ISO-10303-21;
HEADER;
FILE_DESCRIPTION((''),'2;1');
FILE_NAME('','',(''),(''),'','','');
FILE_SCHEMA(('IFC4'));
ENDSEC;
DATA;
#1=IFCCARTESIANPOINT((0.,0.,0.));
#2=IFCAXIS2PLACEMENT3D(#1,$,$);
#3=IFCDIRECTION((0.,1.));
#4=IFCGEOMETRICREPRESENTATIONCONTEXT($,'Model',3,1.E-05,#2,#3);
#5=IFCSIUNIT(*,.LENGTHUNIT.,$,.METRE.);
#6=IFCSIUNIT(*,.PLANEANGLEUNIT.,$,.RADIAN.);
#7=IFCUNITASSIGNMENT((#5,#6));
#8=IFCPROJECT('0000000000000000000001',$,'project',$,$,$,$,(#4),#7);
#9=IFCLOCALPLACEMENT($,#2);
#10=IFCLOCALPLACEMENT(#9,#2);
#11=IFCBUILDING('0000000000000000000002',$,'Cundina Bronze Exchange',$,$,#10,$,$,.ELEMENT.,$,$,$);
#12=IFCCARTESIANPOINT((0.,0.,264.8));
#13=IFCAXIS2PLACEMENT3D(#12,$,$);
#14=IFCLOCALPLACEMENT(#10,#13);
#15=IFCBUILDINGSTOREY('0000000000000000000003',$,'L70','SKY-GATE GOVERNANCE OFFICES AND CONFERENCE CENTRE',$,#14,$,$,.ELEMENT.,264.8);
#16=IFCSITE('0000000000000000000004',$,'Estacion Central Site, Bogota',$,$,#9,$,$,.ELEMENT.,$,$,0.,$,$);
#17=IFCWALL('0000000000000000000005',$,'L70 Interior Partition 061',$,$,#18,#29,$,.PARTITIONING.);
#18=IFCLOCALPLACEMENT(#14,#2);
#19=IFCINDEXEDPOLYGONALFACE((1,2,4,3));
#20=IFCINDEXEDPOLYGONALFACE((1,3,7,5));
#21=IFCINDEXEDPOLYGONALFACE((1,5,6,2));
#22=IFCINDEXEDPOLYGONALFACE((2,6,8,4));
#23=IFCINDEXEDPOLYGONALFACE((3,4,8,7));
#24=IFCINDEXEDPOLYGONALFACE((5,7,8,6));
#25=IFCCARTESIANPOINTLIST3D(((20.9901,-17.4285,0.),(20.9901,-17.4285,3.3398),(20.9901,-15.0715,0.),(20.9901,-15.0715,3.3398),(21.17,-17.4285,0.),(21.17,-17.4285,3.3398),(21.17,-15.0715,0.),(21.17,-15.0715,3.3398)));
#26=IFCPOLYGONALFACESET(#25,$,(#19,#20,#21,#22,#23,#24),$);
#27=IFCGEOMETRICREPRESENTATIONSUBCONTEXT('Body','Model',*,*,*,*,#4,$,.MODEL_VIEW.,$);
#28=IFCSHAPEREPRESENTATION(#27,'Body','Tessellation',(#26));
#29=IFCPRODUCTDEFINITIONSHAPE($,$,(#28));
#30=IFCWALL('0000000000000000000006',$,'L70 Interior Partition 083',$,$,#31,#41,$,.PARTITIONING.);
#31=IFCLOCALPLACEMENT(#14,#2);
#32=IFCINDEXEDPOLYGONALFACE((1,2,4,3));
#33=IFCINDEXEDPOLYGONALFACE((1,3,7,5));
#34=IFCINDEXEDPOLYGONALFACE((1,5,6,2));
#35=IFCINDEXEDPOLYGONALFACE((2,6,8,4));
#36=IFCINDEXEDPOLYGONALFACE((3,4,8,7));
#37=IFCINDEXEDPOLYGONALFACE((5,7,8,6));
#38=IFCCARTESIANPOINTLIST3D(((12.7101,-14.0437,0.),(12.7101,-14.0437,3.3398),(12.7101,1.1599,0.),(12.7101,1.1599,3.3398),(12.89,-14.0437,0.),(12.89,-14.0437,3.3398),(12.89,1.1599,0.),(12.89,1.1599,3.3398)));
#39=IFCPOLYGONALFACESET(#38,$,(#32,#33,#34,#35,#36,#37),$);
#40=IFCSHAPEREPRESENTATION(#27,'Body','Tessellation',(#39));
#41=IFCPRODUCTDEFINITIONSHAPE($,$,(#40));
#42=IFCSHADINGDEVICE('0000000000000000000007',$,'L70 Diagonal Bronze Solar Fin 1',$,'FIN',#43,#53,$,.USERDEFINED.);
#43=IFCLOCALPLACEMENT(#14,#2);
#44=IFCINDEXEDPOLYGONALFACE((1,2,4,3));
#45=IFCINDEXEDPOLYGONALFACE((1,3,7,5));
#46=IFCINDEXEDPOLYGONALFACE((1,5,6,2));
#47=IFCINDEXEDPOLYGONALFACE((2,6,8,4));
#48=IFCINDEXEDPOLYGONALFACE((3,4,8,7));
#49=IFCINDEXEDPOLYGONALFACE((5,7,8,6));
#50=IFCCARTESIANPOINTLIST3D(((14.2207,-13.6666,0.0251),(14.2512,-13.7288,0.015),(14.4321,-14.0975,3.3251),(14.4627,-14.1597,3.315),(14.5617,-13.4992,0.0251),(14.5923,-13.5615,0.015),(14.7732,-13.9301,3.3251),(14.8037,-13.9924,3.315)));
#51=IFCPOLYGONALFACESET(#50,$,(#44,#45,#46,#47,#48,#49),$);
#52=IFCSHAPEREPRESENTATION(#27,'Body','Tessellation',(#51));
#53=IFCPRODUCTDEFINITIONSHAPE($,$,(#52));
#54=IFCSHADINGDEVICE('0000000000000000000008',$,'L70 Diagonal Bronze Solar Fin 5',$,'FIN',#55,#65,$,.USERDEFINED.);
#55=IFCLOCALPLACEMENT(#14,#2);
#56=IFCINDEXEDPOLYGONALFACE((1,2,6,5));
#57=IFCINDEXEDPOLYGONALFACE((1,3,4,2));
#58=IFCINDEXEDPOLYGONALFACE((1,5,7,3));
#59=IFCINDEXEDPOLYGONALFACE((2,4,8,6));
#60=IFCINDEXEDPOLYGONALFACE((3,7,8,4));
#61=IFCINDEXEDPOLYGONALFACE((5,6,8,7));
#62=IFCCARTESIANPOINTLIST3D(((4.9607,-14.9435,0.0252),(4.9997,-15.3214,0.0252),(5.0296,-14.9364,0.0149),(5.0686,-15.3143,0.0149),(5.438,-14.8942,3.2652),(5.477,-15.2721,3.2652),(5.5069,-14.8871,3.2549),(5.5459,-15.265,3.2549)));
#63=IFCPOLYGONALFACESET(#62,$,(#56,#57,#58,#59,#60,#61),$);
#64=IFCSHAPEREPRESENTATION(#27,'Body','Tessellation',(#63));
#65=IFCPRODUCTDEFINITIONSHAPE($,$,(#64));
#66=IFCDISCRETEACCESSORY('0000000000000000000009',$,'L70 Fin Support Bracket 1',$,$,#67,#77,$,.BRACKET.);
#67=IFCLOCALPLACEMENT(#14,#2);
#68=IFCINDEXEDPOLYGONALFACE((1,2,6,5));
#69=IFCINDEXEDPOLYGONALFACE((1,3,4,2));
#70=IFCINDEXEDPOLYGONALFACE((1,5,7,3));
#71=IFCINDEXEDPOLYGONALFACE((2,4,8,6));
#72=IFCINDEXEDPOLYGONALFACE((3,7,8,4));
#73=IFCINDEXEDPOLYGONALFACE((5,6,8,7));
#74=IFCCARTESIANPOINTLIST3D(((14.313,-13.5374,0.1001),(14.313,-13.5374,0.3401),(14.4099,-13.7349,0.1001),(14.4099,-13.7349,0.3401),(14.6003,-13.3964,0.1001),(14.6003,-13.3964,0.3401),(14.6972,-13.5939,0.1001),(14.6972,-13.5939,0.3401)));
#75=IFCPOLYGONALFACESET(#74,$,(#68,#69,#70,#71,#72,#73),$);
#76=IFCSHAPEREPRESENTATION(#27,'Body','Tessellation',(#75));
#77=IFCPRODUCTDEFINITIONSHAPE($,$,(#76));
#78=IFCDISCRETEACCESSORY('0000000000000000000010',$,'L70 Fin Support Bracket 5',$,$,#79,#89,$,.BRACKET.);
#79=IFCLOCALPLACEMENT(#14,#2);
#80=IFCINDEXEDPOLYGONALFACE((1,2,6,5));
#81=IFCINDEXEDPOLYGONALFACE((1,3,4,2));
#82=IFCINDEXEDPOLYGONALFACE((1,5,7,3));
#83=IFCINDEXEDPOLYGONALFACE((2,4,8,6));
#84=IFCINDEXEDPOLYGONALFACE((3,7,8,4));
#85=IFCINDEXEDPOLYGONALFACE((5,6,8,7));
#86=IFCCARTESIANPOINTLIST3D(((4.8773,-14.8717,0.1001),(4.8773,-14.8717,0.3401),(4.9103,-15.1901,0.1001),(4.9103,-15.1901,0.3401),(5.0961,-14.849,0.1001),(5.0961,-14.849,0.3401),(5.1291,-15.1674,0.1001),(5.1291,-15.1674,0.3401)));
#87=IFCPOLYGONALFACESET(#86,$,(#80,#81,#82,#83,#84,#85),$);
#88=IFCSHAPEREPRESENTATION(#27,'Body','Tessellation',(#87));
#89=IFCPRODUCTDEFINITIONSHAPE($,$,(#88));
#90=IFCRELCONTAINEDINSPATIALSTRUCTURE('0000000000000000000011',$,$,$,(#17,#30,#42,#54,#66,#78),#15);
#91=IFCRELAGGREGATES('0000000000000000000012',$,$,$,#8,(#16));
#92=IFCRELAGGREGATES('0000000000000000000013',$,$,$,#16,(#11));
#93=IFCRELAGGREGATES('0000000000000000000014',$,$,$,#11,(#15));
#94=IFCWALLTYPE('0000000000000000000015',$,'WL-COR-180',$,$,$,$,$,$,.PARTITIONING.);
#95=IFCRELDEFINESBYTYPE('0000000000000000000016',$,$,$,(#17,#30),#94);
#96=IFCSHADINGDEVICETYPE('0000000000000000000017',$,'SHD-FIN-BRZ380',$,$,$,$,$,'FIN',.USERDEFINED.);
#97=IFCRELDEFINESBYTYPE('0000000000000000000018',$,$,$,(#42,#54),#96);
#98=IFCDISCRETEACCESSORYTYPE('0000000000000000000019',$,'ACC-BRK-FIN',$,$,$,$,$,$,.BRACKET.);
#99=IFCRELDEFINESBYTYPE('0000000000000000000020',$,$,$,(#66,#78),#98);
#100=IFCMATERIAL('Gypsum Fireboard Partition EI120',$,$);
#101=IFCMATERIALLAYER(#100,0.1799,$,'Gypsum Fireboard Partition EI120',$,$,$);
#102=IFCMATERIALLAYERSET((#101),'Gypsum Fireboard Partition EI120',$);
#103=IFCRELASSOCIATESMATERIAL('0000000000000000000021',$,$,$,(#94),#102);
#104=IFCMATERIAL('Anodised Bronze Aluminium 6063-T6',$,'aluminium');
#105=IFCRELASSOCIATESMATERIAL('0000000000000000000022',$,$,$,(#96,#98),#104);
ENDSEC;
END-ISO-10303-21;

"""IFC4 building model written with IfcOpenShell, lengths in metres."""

from ifc_helpers import new_model, si_unit, direction, frame, frame_2d, origin, origin_2d, place, context, subcontext, project, spatial, rectangle, extrude, material, layer, layer_set, material_profile, profile_set, type_object, element, save


model = new_model("IFC4")

# Units and contexts
model_context = context("Model", 3, precision=1e-05, world=origin(), true_north=direction((0.0, 1.0)))
body_context = subcontext(model_context, "Body", "Model", "MODEL_VIEW")
ifc_project = project(units=[si_unit("LENGTHUNIT", "METRE"), si_unit("PLANEANGLEUNIT", "RADIAN")], contexts=[model_context])

# Site, building, storey
site_placement = place(None, origin())
site = spatial("IfcSite", under=ifc_project, at=site_placement, Name="Estacion Central Site, Bogota", CompositionType="ELEMENT", RefElevation=0.0)
building_placement = place(site_placement, origin())
building = spatial("IfcBuilding", under=site, at=building_placement, Name="Cundina Bronze Exchange", CompositionType="ELEMENT")
storey_placement = place(building_placement, frame((0.0, 0.0, 264.8)))
storey = spatial("IfcBuildingStorey", under=building, at=storey_placement, Name="L70", Description="SKY-GATE GOVERNANCE OFFICES AND CONFERENCE CENTRE", CompositionType="ELEMENT", Elevation=264.8)

# Shared definitions
ifc_material_1 = material(Name="Anodised Bronze Aluminium 6063-T6", Category="aluminium")

# Walls
ifc_material_2 = material(Name="Gypsum Fireboard Partition EI120")
ifc_layer_1 = layer(ifc_material_2, 0.1799, Name="Gypsum Fireboard Partition EI120")
ifc_layer_set_1 = layer_set([ifc_layer_1], Name="Gypsum Fireboard Partition EI120")
wall_type = type_object("IfcWallType", Name="WL-COR-180", PredefinedType="PARTITIONING", material=ifc_layer_set_1)
wall_1_placement = place(storey_placement, frame((21.0801, -15.0715, 0.0), z_axis=(0.0, 0.0, 1.0), x_axis=(0.0, -1.0, 0.0)))
element("IfcWall", 1, at=wall_1_placement, inside=storey, type_object=wall_type, Name="L70 Interior Partition 061", PredefinedType="PARTITIONING", context=body_context, shape_type="SweptSolid", body=[
    extrude(rectangle(XDim=2.3569, YDim=0.1799, at=frame_2d((1.1785, 0.0))), origin(), (0.0, 0.0, 1.0), 3.3398),
])
wall_2_placement = place(storey_placement, frame((12.8, -14.0437, 0.0), z_axis=(0.0, 0.0, 1.0), x_axis=(0.0, 1.0, 0.0)))
element("IfcWall", 2, at=wall_2_placement, inside=storey, type_object=wall_type, Name="L70 Interior Partition 083", PredefinedType="PARTITIONING", context=body_context, shape_type="SweptSolid", body=[
    extrude(rectangle(XDim=15.2036, YDim=0.1799, at=frame_2d((7.6018, 0.0))), origin(), (0.0, 0.0, 1.0), 3.3398),
])

# Shading devices
ifc_material_profile_1 = material_profile(ifc_material_1, rectangle(XDim=0.0701, YDim=0.3799, at=origin_2d()), Name="FIN70X380", Category="aluminium")
ifc_profile_set_1 = profile_set([ifc_material_profile_1], Name="Anodised Bronze Aluminium 6063-T6")
shading_device_type = type_object("IfcShadingDeviceType", Name="SHD-FIN-BRZ380", ElementType="FIN", PredefinedType="USERDEFINED", material=ifc_profile_set_1)
shading_device_1_placement = place(storey_placement, frame((14.4065, -13.614, 0.02), z_axis=(0.0634, -0.129217, 0.989588), x_axis=(-0.4359, 0.888411, 0.143932)))
element("IfcShadingDevice", 3, at=shading_device_1_placement, inside=storey, type_object=shading_device_type, Name="L70 Diagonal Bronze Solar Fin 1", ObjectType="FIN", PredefinedType="USERDEFINED", context=body_context, shape_type="SweptSolid", body=[
    extrude(rectangle(XDim=0.0701, YDim=0.3799, at=origin_2d()), origin(), (0.0, 0.0, 1.0), 3.3347),
])
shading_device_2_placement = place(storey_placement, frame((5.0146, -15.1289, 0.02), z_axis=(0.145724, 0.015057, 0.989211), x_axis=(-0.983972, -0.101669, 0.1465)))
element("IfcShadingDevice", 4, at=shading_device_2_placement, inside=storey, type_object=shading_device_type, Name="L70 Diagonal Bronze Solar Fin 5", ObjectType="FIN", PredefinedType="USERDEFINED", context=body_context, shape_type="SweptSolid", body=[
    extrude(rectangle(XDim=0.0701, YDim=0.3799, at=origin_2d()), origin(), (0.0, 0.0, 1.0), 3.2754),
])

# Discrete accessories
discrete_accessory_type = type_object("IfcDiscreteAccessoryType", Name="ACC-BRK-FIN", PredefinedType="BRACKET", material=ifc_material_1)
for number, where, z_axis, x_axis, name in (
    (5, (14.5051, -13.5657, 0.1001), (0.0, 0.0, 1.0), (0.440503, -0.897751, 0.0), "L70 Fin Support Bracket 1"),
    (6, (5.0032, -15.0195, 0.1001), (0.0, 0.0, 1.0), (0.994672, 0.103088, 0.0), "L70 Fin Support Bracket 5"),
):
    element("IfcDiscreteAccessory", number, at=place(storey_placement, frame(where, z_axis=z_axis, x_axis=x_axis)), inside=storey, type_object=discrete_accessory_type, Name=name, PredefinedType="BRACKET", context=body_context, shape_type="SweptSolid", body=[
        extrude(rectangle(XDim=0.22, YDim=0.3201, at=origin_2d()), origin(), (0.0, 0.0, 1.0), 0.24),
    ])

save(model, "model.ifc")
